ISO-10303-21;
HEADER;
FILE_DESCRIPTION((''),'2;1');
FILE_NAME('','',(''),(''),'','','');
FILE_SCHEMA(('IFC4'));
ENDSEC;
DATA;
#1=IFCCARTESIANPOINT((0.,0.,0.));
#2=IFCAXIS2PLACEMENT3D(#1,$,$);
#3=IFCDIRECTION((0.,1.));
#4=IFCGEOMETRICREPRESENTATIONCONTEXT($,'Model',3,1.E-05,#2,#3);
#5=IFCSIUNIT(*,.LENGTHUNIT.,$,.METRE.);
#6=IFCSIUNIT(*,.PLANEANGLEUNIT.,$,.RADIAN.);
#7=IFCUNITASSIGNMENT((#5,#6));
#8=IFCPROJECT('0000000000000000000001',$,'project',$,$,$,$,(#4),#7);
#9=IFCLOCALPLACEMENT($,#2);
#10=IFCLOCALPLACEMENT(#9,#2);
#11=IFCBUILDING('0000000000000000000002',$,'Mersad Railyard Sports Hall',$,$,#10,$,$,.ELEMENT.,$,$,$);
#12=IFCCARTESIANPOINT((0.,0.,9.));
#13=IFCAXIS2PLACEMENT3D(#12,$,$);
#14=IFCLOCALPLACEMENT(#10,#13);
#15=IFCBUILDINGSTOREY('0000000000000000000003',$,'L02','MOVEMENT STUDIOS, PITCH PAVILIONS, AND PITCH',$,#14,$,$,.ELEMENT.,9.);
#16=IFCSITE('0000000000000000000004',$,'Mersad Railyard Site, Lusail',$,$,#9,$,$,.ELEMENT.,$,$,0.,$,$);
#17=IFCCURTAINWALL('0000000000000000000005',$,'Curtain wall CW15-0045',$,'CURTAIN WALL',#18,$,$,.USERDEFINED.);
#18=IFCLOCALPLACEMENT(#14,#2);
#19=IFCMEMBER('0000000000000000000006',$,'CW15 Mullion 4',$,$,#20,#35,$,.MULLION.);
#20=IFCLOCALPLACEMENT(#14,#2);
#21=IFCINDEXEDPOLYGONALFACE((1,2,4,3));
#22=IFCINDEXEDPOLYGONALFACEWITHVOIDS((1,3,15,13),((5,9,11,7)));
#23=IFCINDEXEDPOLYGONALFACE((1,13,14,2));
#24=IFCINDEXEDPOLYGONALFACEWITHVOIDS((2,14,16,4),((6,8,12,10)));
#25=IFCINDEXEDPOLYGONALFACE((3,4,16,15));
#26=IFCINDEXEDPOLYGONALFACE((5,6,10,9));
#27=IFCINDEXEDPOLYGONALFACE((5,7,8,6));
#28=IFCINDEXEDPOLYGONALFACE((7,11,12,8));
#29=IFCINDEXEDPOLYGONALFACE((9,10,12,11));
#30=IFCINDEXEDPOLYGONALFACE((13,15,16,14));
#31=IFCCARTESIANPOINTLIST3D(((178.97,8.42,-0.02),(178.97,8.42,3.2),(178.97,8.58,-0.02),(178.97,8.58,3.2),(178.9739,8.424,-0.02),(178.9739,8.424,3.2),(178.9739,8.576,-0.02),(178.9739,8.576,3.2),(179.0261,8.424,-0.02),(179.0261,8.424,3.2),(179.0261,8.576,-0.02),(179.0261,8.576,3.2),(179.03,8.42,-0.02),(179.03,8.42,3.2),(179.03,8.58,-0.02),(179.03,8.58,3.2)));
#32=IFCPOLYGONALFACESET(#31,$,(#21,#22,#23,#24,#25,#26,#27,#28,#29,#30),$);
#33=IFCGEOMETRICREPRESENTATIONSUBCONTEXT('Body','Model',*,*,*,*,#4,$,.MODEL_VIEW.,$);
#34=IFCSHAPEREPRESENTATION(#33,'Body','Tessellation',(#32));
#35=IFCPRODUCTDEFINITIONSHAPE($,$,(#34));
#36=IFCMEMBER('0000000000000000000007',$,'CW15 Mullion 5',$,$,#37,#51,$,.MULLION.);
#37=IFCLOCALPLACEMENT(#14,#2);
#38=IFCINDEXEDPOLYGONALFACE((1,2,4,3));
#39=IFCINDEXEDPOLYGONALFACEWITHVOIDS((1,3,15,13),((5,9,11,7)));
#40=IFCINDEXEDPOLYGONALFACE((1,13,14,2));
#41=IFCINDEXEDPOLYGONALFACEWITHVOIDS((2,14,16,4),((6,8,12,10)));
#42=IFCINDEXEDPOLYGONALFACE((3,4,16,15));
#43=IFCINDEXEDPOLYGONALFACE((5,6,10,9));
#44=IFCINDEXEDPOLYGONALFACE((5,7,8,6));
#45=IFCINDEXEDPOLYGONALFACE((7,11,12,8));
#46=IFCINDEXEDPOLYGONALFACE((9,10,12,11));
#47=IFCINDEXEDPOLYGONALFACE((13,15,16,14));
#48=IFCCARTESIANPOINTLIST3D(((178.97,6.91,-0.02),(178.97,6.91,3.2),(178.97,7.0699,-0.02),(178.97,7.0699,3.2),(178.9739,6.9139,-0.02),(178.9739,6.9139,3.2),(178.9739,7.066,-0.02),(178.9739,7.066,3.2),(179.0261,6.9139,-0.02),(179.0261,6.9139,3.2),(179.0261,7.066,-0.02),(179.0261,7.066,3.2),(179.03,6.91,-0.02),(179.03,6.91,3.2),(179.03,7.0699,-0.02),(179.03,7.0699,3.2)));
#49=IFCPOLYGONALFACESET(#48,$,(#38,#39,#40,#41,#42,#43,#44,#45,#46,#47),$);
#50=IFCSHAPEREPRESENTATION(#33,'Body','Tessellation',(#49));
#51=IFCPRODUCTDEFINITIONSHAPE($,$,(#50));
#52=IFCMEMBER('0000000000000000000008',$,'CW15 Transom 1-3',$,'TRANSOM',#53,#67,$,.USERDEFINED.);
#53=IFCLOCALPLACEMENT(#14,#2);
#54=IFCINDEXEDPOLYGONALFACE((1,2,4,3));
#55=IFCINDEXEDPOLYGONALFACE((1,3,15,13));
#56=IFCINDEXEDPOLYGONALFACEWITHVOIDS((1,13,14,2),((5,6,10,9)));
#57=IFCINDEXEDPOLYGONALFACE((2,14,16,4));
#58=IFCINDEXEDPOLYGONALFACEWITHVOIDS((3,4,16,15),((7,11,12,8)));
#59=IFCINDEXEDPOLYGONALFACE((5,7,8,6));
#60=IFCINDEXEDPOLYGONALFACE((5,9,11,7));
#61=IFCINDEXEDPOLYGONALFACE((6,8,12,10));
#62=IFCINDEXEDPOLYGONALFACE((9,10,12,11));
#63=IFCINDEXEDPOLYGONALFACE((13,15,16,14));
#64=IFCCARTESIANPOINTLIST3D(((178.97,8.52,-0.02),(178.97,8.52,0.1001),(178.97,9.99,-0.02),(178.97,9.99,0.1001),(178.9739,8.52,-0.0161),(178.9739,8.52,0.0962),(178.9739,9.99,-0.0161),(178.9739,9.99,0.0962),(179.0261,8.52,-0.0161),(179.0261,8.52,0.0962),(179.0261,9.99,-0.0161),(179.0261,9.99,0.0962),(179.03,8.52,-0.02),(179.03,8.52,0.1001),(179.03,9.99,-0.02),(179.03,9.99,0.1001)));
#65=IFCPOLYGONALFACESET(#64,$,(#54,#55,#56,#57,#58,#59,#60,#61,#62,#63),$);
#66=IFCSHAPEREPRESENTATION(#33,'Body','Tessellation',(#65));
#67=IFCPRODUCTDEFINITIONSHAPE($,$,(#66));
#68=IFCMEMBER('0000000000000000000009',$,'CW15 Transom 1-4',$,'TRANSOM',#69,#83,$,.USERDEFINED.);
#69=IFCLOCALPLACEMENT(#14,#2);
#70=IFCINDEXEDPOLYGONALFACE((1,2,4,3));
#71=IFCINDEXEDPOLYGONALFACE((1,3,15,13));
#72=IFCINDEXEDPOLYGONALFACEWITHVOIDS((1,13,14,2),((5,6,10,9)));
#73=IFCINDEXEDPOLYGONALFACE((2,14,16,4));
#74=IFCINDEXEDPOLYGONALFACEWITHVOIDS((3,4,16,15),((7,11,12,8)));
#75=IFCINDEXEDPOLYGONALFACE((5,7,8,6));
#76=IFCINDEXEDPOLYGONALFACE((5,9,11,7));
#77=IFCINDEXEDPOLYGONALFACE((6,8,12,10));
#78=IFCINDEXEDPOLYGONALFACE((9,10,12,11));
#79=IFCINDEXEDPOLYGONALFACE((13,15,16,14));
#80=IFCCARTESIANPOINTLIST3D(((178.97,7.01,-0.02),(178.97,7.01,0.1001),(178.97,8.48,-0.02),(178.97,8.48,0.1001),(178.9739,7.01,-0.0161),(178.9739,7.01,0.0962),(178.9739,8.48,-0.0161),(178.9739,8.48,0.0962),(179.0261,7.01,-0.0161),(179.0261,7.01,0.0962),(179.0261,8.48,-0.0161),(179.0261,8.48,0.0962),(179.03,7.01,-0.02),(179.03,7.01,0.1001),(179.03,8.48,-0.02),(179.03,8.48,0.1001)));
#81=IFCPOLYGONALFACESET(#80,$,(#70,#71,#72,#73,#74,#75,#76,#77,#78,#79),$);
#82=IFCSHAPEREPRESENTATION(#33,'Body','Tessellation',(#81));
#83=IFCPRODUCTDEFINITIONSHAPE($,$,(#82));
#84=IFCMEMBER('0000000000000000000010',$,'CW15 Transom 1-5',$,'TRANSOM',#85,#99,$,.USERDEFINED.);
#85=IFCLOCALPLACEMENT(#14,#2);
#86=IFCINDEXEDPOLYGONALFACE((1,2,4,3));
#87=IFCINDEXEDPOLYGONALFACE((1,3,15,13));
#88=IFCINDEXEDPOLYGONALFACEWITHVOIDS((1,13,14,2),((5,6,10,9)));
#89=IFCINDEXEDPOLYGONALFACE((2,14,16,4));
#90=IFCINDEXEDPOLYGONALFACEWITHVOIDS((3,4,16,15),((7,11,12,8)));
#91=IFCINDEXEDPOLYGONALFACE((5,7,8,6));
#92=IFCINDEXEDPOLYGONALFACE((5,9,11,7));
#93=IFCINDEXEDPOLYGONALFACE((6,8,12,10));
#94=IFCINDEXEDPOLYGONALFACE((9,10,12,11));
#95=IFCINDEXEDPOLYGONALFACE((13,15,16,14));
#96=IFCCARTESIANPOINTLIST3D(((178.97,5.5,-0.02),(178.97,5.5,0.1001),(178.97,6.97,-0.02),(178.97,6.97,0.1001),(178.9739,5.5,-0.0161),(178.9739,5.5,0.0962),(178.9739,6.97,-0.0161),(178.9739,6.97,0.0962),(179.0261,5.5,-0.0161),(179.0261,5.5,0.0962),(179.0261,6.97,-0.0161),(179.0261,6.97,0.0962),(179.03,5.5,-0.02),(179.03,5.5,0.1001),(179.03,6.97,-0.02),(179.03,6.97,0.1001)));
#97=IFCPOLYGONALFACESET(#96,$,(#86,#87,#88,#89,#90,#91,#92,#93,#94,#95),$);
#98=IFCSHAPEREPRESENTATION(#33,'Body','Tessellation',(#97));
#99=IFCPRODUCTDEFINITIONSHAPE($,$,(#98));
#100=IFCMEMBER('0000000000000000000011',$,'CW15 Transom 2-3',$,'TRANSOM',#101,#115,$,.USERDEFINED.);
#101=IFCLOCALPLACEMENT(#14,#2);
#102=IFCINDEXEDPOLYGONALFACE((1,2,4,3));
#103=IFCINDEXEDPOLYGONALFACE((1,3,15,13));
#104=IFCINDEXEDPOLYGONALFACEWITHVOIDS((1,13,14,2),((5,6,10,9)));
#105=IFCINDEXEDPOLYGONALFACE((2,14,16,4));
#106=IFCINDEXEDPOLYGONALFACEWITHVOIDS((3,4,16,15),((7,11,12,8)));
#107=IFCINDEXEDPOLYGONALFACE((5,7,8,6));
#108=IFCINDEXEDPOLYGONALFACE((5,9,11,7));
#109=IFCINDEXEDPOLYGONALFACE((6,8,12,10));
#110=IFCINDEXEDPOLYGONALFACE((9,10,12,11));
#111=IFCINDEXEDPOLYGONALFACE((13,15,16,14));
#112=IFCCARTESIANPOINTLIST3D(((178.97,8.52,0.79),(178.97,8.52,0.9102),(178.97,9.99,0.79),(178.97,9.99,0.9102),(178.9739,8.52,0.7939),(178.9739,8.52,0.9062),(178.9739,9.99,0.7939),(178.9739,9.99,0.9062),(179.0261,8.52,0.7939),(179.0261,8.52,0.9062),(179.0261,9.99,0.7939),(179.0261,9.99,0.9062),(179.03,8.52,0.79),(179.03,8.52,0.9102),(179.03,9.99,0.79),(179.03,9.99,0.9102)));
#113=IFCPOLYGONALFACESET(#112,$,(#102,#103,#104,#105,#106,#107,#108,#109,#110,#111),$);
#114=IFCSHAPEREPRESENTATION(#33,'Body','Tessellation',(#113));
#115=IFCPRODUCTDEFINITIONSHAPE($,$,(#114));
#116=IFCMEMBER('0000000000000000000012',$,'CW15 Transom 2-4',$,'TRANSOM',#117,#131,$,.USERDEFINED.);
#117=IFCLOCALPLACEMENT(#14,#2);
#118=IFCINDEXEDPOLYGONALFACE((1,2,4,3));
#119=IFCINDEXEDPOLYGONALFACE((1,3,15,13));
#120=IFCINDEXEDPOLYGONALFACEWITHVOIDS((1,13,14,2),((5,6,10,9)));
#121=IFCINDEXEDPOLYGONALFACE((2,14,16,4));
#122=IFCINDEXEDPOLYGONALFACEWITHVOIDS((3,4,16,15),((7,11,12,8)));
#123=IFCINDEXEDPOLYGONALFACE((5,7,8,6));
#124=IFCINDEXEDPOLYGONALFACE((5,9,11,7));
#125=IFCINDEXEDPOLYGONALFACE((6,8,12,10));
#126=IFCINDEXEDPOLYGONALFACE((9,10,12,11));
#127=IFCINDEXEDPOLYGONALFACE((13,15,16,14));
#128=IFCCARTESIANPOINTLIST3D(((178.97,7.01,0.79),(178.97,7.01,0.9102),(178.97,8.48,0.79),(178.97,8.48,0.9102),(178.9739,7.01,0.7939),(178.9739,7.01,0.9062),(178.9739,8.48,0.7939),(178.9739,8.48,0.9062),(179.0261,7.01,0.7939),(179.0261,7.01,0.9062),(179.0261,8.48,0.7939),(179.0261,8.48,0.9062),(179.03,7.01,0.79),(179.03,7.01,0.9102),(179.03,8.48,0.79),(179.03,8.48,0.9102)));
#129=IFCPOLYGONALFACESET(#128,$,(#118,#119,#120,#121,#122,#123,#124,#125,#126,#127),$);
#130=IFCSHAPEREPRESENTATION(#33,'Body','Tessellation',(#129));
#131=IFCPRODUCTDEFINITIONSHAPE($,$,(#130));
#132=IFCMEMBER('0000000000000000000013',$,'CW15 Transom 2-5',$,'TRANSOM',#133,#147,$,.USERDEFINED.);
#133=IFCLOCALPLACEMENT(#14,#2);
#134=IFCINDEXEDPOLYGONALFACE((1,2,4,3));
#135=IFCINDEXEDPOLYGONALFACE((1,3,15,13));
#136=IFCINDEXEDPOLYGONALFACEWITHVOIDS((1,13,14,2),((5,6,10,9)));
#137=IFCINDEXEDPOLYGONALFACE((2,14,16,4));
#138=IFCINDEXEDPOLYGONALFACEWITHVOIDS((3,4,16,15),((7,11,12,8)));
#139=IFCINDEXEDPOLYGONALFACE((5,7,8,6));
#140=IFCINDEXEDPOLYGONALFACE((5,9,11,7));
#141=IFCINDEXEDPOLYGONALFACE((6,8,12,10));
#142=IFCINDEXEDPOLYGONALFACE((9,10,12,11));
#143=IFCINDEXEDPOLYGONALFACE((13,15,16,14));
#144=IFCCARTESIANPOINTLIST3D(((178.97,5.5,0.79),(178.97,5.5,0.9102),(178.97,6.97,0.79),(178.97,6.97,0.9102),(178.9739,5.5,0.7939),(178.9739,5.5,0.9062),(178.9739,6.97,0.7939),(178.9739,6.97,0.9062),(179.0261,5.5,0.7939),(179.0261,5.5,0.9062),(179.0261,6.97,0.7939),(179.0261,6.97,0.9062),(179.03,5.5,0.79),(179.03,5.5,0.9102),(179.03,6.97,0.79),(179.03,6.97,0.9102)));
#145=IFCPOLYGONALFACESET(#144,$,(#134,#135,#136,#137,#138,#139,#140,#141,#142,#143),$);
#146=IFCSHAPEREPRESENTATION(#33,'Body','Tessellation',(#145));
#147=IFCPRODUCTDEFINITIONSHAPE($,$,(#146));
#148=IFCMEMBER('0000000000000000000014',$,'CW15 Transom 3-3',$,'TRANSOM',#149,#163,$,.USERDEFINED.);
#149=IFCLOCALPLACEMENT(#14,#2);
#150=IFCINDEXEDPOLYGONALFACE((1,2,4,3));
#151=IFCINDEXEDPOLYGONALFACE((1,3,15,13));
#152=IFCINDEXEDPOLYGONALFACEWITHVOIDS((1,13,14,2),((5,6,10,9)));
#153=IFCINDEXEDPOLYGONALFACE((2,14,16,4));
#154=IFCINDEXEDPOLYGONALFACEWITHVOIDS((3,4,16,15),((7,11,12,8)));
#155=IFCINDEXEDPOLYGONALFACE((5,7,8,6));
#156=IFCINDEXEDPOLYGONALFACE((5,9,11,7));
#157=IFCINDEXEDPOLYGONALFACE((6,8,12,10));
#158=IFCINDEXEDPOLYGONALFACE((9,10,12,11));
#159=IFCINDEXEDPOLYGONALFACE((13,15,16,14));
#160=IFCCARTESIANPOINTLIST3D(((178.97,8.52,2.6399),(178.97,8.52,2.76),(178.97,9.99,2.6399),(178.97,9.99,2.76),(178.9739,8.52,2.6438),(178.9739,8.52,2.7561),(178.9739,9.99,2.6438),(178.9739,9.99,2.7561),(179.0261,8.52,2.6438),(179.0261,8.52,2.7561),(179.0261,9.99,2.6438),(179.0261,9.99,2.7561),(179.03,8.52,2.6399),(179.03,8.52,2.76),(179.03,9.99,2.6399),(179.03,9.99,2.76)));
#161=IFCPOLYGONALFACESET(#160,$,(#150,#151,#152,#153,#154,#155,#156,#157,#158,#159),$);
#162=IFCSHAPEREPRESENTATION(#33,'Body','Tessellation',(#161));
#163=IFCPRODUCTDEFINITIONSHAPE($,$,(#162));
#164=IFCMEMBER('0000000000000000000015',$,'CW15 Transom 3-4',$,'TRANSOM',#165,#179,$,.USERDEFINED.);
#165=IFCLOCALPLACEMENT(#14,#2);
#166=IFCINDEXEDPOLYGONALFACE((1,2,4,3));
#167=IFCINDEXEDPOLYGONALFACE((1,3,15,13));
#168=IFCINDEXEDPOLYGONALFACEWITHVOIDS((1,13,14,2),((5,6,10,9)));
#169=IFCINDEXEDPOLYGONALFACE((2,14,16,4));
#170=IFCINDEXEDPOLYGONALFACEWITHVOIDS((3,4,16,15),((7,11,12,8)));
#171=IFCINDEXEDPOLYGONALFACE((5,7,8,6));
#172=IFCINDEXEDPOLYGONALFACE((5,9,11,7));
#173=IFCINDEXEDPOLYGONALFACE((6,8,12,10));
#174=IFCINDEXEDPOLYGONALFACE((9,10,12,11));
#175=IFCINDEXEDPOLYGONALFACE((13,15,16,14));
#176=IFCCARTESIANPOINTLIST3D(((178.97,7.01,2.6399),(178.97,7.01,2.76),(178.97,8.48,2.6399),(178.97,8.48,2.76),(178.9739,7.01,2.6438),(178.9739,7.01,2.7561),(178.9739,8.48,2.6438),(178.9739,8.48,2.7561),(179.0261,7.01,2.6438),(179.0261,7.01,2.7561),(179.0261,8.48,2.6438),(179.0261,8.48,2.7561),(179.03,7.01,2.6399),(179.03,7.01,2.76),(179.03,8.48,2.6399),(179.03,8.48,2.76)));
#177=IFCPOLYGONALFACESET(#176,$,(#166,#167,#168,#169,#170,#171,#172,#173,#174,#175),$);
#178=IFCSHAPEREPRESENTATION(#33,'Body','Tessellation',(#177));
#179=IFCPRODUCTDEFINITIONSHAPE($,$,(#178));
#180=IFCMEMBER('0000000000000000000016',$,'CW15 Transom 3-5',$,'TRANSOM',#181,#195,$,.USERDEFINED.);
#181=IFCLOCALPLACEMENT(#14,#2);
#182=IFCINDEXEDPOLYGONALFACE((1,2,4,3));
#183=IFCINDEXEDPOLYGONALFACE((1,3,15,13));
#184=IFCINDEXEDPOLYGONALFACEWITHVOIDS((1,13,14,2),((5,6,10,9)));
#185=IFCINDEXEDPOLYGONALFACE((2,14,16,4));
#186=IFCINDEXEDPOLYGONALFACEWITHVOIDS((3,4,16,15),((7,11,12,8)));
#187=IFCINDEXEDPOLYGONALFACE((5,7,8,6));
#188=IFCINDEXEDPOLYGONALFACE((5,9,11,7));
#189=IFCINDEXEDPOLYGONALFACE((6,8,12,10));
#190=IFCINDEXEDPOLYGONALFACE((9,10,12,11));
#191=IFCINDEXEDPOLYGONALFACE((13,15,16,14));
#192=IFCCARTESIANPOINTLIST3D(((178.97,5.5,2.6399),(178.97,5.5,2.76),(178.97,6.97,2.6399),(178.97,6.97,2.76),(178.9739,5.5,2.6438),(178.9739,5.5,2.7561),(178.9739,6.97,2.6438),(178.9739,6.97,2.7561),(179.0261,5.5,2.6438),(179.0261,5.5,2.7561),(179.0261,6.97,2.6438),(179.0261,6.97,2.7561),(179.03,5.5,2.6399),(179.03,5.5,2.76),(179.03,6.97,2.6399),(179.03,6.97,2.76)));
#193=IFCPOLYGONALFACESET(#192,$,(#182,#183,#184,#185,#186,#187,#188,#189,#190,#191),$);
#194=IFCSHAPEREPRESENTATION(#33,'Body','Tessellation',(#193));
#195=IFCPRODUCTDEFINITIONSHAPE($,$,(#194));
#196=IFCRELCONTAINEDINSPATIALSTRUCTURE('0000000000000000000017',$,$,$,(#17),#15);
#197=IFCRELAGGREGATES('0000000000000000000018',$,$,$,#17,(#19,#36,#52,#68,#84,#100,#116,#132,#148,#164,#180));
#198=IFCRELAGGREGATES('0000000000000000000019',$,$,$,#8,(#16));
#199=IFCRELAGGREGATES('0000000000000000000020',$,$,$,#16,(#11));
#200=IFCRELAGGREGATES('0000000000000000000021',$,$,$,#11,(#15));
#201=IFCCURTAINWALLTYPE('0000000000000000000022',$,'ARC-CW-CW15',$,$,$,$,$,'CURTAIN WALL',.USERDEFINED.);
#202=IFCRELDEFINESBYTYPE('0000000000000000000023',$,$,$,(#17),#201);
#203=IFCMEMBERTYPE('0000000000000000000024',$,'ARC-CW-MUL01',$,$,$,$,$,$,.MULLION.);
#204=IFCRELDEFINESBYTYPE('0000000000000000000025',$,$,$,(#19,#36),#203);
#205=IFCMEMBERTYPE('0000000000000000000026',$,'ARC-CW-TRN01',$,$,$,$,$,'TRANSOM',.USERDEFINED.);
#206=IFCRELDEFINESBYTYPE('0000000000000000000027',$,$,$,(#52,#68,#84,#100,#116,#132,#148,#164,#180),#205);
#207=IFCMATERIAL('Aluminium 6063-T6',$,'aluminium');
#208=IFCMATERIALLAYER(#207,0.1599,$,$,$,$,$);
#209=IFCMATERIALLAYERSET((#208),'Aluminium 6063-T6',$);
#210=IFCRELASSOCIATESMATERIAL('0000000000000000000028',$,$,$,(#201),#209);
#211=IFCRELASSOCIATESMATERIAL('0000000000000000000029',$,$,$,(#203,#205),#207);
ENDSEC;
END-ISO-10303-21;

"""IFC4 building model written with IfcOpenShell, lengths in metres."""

from ifc_helpers import new_model, si_unit, direction, frame, origin, origin_2d, place, context, subcontext, project, spatial, hollow_rectangle, extrude, material, layer, layer_set, material_profile, profile_set, type_object, element, aggregate, save


model = new_model("IFC4")

# Units and contexts
model_context = context("Model", 3, precision=1e-05, world=origin(), true_north=direction((0.0, 1.0)))
body_context = subcontext(model_context, "Body", "Model", "MODEL_VIEW")
ifc_project = project(units=[si_unit("LENGTHUNIT", "METRE"), si_unit("PLANEANGLEUNIT", "RADIAN")], contexts=[model_context])

# Site, building, storey
site_placement = place(None, origin())
site = spatial("IfcSite", under=ifc_project, at=site_placement, Name="Mersad Railyard Site, Lusail", CompositionType="ELEMENT", RefElevation=0.0)
building_placement = place(site_placement, origin())
building = spatial("IfcBuilding", under=site, at=building_placement, Name="Mersad Railyard Sports Hall", CompositionType="ELEMENT")
storey_placement = place(building_placement, frame((0.0, 0.0, 9.0)))
storey = spatial("IfcBuildingStorey", under=building, at=storey_placement, Name="L02", Description="MOVEMENT STUDIOS, PITCH PAVILIONS, AND PITCH", CompositionType="ELEMENT", Elevation=9.0)

# Curtain wall, members
ifc_material_1 = material(Name="Aluminium 6063-T6", Category="aluminium")
ifc_layer_1 = layer(ifc_material_1, 0.1599)
ifc_layer_set_1 = layer_set([ifc_layer_1], Name="Aluminium 6063-T6")
curtain_wall_type = type_object("IfcCurtainWallType", Name="ARC-CW-CW15", ElementType="CURTAIN WALL", PredefinedType="USERDEFINED", material=ifc_layer_set_1)
curtain_wall_placement = place(storey_placement, origin())
curtain_wall = element("IfcCurtainWall", 1, at=curtain_wall_placement, inside=storey, type_object=curtain_wall_type, Name="Curtain wall CW15-0045", ObjectType="CURTAIN WALL", PredefinedType="USERDEFINED")
ifc_material_profile_1 = material_profile(ifc_material_1, hollow_rectangle(XDim=0.0601, YDim=0.1599, WallThickness=0.0039, at=origin_2d()), Name="AL MULLION 60x160x4")
ifc_profile_set_1 = profile_set([ifc_material_profile_1], Name="Aluminium 6063-T6")
member_type_1 = type_object("IfcMemberType", Name="ARC-CW-MUL01", PredefinedType="MULLION", material=ifc_profile_set_1)
member_1_placement = place(storey_placement, frame((179.0, 8.5, -0.02), z_axis=(0.0, 0.0, 1.0), x_axis=(1.0, 0.0, 0.0)))
member_1 = element("IfcMember", 2, at=member_1_placement, type_object=member_type_1, Name="CW15 Mullion 4", PredefinedType="MULLION", context=body_context, shape_type="SweptSolid", body=[
    extrude(hollow_rectangle(XDim=0.0601, YDim=0.1599, WallThickness=0.0039, at=origin_2d()), origin(), (0.0, 0.0, 1.0), 3.22),
])
member_2_placement = place(storey_placement, frame((179.0, 6.99, -0.02), z_axis=(0.0, 0.0, 1.0), x_axis=(1.0, 0.0, 0.0)))
member_2 = element("IfcMember", 3, at=member_2_placement, type_object=member_type_1, Name="CW15 Mullion 5", PredefinedType="MULLION", context=body_context, shape_type="SweptSolid", body=[
    extrude(hollow_rectangle(XDim=0.0601, YDim=0.1599, WallThickness=0.0039, at=origin_2d()), origin(), (0.0, 0.0, 1.0), 3.22),
])
ifc_material_profile_2 = material_profile(ifc_material_1, hollow_rectangle(XDim=0.0601, YDim=0.1201, WallThickness=0.0039, at=origin_2d()), Name="AL TRANSOM 60x120x4")
ifc_profile_set_2 = profile_set([ifc_material_profile_2], Name="Aluminium 6063-T6")
member_type_2 = type_object("IfcMemberType", Name="ARC-CW-TRN01", ElementType="TRANSOM", PredefinedType="USERDEFINED", material=ifc_profile_set_2)
member_3_placement = place(storey_placement, frame((179.0, 9.99, 0.04), z_axis=(0.0, -1.0, 0.0), x_axis=(1.0, 0.0, 0.0)))
member_3 = element("IfcMember", 4, at=member_3_placement, type_object=member_type_2, Name="CW15 Transom 1-3", ObjectType="TRANSOM", PredefinedType="USERDEFINED", context=body_context, shape_type="SweptSolid", body=[
    extrude(hollow_rectangle(XDim=0.0601, YDim=0.1201, WallThickness=0.0039, at=origin_2d()), origin(), (0.0, 0.0, 1.0), 1.47),
])
member_4_placement = place(storey_placement, frame((179.0, 8.48, 0.04), z_axis=(0.0, -1.0, 0.0), x_axis=(1.0, 0.0, 0.0)))
member_4 = element("IfcMember", 5, at=member_4_placement, type_object=member_type_2, Name="CW15 Transom 1-4", ObjectType="TRANSOM", PredefinedType="USERDEFINED", context=body_context, shape_type="SweptSolid", body=[
    extrude(hollow_rectangle(XDim=0.0601, YDim=0.1201, WallThickness=0.0039, at=origin_2d()), origin(), (0.0, 0.0, 1.0), 1.47),
])
member_5_placement = place(storey_placement, frame((179.0, 6.97, 0.04), z_axis=(0.0, -1.0, 0.0), x_axis=(1.0, 0.0, 0.0)))
member_5 = element("IfcMember", 6, at=member_5_placement, type_object=member_type_2, Name="CW15 Transom 1-5", ObjectType="TRANSOM", PredefinedType="USERDEFINED", context=body_context, shape_type="SweptSolid", body=[
    extrude(hollow_rectangle(XDim=0.0601, YDim=0.1201, WallThickness=0.0039, at=origin_2d()), origin(), (0.0, 0.0, 1.0), 1.47),
])
member_6_placement = place(storey_placement, frame((179.0, 9.99, 0.8501), z_axis=(0.0, -1.0, 0.0), x_axis=(1.0, 0.0, 0.0)))
member_6 = element("IfcMember", 7, at=member_6_placement, type_object=member_type_2, Name="CW15 Transom 2-3", ObjectType="TRANSOM", PredefinedType="USERDEFINED", context=body_context, shape_type="SweptSolid", body=[
    extrude(hollow_rectangle(XDim=0.0601, YDim=0.1201, WallThickness=0.0039, at=origin_2d()), origin(), (0.0, 0.0, 1.0), 1.47),
])
member_7_placement = place(storey_placement, frame((179.0, 8.48, 0.8501), z_axis=(0.0, -1.0, 0.0), x_axis=(1.0, 0.0, 0.0)))
member_7 = element("IfcMember", 8, at=member_7_placement, type_object=member_type_2, Name="CW15 Transom 2-4", ObjectType="TRANSOM", PredefinedType="USERDEFINED", context=body_context, shape_type="SweptSolid", body=[
    extrude(hollow_rectangle(XDim=0.0601, YDim=0.1201, WallThickness=0.0039, at=origin_2d()), origin(), (0.0, 0.0, 1.0), 1.47),
])
member_8_placement = place(storey_placement, frame((179.0, 6.97, 0.8501), z_axis=(0.0, -1.0, 0.0), x_axis=(1.0, 0.0, 0.0)))
member_8 = element("IfcMember", 9, at=member_8_placement, type_object=member_type_2, Name="CW15 Transom 2-5", ObjectType="TRANSOM", PredefinedType="USERDEFINED", context=body_context, shape_type="SweptSolid", body=[
    extrude(hollow_rectangle(XDim=0.0601, YDim=0.1201, WallThickness=0.0039, at=origin_2d()), origin(), (0.0, 0.0, 1.0), 1.47),
])
member_9_placement = place(storey_placement, frame((179.0, 9.99, 2.7), z_axis=(0.0, -1.0, 0.0), x_axis=(1.0, 0.0, 0.0)))
member_9 = element("IfcMember", 10, at=member_9_placement, type_object=member_type_2, Name="CW15 Transom 3-3", ObjectType="TRANSOM", PredefinedType="USERDEFINED", context=body_context, shape_type="SweptSolid", body=[
    extrude(hollow_rectangle(XDim=0.0601, YDim=0.1201, WallThickness=0.0039, at=origin_2d()), origin(), (0.0, 0.0, 1.0), 1.47),
])
member_10_placement = place(storey_placement, frame((179.0, 8.48, 2.7), z_axis=(0.0, -1.0, 0.0), x_axis=(1.0, 0.0, 0.0)))
member_10 = element("IfcMember", 11, at=member_10_placement, type_object=member_type_2, Name="CW15 Transom 3-4", ObjectType="TRANSOM", PredefinedType="USERDEFINED", context=body_context, shape_type="SweptSolid", body=[
    extrude(hollow_rectangle(XDim=0.0601, YDim=0.1201, WallThickness=0.0039, at=origin_2d()), origin(), (0.0, 0.0, 1.0), 1.47),
])
member_11_placement = place(storey_placement, frame((179.0, 6.97, 2.7), z_axis=(0.0, -1.0, 0.0), x_axis=(1.0, 0.0, 0.0)))
member_11 = element("IfcMember", 12, at=member_11_placement, type_object=member_type_2, Name="CW15 Transom 3-5", ObjectType="TRANSOM", PredefinedType="USERDEFINED", context=body_context, shape_type="SweptSolid", body=[
    extrude(hollow_rectangle(XDim=0.0601, YDim=0.1201, WallThickness=0.0039, at=origin_2d()), origin(), (0.0, 0.0, 1.0), 1.47),
])
aggregate(curtain_wall, [member_1, member_2, member_3, member_4, member_5, member_6, member_7, member_8, member_9, member_10, member_11])

save(model, "model.ifc")
